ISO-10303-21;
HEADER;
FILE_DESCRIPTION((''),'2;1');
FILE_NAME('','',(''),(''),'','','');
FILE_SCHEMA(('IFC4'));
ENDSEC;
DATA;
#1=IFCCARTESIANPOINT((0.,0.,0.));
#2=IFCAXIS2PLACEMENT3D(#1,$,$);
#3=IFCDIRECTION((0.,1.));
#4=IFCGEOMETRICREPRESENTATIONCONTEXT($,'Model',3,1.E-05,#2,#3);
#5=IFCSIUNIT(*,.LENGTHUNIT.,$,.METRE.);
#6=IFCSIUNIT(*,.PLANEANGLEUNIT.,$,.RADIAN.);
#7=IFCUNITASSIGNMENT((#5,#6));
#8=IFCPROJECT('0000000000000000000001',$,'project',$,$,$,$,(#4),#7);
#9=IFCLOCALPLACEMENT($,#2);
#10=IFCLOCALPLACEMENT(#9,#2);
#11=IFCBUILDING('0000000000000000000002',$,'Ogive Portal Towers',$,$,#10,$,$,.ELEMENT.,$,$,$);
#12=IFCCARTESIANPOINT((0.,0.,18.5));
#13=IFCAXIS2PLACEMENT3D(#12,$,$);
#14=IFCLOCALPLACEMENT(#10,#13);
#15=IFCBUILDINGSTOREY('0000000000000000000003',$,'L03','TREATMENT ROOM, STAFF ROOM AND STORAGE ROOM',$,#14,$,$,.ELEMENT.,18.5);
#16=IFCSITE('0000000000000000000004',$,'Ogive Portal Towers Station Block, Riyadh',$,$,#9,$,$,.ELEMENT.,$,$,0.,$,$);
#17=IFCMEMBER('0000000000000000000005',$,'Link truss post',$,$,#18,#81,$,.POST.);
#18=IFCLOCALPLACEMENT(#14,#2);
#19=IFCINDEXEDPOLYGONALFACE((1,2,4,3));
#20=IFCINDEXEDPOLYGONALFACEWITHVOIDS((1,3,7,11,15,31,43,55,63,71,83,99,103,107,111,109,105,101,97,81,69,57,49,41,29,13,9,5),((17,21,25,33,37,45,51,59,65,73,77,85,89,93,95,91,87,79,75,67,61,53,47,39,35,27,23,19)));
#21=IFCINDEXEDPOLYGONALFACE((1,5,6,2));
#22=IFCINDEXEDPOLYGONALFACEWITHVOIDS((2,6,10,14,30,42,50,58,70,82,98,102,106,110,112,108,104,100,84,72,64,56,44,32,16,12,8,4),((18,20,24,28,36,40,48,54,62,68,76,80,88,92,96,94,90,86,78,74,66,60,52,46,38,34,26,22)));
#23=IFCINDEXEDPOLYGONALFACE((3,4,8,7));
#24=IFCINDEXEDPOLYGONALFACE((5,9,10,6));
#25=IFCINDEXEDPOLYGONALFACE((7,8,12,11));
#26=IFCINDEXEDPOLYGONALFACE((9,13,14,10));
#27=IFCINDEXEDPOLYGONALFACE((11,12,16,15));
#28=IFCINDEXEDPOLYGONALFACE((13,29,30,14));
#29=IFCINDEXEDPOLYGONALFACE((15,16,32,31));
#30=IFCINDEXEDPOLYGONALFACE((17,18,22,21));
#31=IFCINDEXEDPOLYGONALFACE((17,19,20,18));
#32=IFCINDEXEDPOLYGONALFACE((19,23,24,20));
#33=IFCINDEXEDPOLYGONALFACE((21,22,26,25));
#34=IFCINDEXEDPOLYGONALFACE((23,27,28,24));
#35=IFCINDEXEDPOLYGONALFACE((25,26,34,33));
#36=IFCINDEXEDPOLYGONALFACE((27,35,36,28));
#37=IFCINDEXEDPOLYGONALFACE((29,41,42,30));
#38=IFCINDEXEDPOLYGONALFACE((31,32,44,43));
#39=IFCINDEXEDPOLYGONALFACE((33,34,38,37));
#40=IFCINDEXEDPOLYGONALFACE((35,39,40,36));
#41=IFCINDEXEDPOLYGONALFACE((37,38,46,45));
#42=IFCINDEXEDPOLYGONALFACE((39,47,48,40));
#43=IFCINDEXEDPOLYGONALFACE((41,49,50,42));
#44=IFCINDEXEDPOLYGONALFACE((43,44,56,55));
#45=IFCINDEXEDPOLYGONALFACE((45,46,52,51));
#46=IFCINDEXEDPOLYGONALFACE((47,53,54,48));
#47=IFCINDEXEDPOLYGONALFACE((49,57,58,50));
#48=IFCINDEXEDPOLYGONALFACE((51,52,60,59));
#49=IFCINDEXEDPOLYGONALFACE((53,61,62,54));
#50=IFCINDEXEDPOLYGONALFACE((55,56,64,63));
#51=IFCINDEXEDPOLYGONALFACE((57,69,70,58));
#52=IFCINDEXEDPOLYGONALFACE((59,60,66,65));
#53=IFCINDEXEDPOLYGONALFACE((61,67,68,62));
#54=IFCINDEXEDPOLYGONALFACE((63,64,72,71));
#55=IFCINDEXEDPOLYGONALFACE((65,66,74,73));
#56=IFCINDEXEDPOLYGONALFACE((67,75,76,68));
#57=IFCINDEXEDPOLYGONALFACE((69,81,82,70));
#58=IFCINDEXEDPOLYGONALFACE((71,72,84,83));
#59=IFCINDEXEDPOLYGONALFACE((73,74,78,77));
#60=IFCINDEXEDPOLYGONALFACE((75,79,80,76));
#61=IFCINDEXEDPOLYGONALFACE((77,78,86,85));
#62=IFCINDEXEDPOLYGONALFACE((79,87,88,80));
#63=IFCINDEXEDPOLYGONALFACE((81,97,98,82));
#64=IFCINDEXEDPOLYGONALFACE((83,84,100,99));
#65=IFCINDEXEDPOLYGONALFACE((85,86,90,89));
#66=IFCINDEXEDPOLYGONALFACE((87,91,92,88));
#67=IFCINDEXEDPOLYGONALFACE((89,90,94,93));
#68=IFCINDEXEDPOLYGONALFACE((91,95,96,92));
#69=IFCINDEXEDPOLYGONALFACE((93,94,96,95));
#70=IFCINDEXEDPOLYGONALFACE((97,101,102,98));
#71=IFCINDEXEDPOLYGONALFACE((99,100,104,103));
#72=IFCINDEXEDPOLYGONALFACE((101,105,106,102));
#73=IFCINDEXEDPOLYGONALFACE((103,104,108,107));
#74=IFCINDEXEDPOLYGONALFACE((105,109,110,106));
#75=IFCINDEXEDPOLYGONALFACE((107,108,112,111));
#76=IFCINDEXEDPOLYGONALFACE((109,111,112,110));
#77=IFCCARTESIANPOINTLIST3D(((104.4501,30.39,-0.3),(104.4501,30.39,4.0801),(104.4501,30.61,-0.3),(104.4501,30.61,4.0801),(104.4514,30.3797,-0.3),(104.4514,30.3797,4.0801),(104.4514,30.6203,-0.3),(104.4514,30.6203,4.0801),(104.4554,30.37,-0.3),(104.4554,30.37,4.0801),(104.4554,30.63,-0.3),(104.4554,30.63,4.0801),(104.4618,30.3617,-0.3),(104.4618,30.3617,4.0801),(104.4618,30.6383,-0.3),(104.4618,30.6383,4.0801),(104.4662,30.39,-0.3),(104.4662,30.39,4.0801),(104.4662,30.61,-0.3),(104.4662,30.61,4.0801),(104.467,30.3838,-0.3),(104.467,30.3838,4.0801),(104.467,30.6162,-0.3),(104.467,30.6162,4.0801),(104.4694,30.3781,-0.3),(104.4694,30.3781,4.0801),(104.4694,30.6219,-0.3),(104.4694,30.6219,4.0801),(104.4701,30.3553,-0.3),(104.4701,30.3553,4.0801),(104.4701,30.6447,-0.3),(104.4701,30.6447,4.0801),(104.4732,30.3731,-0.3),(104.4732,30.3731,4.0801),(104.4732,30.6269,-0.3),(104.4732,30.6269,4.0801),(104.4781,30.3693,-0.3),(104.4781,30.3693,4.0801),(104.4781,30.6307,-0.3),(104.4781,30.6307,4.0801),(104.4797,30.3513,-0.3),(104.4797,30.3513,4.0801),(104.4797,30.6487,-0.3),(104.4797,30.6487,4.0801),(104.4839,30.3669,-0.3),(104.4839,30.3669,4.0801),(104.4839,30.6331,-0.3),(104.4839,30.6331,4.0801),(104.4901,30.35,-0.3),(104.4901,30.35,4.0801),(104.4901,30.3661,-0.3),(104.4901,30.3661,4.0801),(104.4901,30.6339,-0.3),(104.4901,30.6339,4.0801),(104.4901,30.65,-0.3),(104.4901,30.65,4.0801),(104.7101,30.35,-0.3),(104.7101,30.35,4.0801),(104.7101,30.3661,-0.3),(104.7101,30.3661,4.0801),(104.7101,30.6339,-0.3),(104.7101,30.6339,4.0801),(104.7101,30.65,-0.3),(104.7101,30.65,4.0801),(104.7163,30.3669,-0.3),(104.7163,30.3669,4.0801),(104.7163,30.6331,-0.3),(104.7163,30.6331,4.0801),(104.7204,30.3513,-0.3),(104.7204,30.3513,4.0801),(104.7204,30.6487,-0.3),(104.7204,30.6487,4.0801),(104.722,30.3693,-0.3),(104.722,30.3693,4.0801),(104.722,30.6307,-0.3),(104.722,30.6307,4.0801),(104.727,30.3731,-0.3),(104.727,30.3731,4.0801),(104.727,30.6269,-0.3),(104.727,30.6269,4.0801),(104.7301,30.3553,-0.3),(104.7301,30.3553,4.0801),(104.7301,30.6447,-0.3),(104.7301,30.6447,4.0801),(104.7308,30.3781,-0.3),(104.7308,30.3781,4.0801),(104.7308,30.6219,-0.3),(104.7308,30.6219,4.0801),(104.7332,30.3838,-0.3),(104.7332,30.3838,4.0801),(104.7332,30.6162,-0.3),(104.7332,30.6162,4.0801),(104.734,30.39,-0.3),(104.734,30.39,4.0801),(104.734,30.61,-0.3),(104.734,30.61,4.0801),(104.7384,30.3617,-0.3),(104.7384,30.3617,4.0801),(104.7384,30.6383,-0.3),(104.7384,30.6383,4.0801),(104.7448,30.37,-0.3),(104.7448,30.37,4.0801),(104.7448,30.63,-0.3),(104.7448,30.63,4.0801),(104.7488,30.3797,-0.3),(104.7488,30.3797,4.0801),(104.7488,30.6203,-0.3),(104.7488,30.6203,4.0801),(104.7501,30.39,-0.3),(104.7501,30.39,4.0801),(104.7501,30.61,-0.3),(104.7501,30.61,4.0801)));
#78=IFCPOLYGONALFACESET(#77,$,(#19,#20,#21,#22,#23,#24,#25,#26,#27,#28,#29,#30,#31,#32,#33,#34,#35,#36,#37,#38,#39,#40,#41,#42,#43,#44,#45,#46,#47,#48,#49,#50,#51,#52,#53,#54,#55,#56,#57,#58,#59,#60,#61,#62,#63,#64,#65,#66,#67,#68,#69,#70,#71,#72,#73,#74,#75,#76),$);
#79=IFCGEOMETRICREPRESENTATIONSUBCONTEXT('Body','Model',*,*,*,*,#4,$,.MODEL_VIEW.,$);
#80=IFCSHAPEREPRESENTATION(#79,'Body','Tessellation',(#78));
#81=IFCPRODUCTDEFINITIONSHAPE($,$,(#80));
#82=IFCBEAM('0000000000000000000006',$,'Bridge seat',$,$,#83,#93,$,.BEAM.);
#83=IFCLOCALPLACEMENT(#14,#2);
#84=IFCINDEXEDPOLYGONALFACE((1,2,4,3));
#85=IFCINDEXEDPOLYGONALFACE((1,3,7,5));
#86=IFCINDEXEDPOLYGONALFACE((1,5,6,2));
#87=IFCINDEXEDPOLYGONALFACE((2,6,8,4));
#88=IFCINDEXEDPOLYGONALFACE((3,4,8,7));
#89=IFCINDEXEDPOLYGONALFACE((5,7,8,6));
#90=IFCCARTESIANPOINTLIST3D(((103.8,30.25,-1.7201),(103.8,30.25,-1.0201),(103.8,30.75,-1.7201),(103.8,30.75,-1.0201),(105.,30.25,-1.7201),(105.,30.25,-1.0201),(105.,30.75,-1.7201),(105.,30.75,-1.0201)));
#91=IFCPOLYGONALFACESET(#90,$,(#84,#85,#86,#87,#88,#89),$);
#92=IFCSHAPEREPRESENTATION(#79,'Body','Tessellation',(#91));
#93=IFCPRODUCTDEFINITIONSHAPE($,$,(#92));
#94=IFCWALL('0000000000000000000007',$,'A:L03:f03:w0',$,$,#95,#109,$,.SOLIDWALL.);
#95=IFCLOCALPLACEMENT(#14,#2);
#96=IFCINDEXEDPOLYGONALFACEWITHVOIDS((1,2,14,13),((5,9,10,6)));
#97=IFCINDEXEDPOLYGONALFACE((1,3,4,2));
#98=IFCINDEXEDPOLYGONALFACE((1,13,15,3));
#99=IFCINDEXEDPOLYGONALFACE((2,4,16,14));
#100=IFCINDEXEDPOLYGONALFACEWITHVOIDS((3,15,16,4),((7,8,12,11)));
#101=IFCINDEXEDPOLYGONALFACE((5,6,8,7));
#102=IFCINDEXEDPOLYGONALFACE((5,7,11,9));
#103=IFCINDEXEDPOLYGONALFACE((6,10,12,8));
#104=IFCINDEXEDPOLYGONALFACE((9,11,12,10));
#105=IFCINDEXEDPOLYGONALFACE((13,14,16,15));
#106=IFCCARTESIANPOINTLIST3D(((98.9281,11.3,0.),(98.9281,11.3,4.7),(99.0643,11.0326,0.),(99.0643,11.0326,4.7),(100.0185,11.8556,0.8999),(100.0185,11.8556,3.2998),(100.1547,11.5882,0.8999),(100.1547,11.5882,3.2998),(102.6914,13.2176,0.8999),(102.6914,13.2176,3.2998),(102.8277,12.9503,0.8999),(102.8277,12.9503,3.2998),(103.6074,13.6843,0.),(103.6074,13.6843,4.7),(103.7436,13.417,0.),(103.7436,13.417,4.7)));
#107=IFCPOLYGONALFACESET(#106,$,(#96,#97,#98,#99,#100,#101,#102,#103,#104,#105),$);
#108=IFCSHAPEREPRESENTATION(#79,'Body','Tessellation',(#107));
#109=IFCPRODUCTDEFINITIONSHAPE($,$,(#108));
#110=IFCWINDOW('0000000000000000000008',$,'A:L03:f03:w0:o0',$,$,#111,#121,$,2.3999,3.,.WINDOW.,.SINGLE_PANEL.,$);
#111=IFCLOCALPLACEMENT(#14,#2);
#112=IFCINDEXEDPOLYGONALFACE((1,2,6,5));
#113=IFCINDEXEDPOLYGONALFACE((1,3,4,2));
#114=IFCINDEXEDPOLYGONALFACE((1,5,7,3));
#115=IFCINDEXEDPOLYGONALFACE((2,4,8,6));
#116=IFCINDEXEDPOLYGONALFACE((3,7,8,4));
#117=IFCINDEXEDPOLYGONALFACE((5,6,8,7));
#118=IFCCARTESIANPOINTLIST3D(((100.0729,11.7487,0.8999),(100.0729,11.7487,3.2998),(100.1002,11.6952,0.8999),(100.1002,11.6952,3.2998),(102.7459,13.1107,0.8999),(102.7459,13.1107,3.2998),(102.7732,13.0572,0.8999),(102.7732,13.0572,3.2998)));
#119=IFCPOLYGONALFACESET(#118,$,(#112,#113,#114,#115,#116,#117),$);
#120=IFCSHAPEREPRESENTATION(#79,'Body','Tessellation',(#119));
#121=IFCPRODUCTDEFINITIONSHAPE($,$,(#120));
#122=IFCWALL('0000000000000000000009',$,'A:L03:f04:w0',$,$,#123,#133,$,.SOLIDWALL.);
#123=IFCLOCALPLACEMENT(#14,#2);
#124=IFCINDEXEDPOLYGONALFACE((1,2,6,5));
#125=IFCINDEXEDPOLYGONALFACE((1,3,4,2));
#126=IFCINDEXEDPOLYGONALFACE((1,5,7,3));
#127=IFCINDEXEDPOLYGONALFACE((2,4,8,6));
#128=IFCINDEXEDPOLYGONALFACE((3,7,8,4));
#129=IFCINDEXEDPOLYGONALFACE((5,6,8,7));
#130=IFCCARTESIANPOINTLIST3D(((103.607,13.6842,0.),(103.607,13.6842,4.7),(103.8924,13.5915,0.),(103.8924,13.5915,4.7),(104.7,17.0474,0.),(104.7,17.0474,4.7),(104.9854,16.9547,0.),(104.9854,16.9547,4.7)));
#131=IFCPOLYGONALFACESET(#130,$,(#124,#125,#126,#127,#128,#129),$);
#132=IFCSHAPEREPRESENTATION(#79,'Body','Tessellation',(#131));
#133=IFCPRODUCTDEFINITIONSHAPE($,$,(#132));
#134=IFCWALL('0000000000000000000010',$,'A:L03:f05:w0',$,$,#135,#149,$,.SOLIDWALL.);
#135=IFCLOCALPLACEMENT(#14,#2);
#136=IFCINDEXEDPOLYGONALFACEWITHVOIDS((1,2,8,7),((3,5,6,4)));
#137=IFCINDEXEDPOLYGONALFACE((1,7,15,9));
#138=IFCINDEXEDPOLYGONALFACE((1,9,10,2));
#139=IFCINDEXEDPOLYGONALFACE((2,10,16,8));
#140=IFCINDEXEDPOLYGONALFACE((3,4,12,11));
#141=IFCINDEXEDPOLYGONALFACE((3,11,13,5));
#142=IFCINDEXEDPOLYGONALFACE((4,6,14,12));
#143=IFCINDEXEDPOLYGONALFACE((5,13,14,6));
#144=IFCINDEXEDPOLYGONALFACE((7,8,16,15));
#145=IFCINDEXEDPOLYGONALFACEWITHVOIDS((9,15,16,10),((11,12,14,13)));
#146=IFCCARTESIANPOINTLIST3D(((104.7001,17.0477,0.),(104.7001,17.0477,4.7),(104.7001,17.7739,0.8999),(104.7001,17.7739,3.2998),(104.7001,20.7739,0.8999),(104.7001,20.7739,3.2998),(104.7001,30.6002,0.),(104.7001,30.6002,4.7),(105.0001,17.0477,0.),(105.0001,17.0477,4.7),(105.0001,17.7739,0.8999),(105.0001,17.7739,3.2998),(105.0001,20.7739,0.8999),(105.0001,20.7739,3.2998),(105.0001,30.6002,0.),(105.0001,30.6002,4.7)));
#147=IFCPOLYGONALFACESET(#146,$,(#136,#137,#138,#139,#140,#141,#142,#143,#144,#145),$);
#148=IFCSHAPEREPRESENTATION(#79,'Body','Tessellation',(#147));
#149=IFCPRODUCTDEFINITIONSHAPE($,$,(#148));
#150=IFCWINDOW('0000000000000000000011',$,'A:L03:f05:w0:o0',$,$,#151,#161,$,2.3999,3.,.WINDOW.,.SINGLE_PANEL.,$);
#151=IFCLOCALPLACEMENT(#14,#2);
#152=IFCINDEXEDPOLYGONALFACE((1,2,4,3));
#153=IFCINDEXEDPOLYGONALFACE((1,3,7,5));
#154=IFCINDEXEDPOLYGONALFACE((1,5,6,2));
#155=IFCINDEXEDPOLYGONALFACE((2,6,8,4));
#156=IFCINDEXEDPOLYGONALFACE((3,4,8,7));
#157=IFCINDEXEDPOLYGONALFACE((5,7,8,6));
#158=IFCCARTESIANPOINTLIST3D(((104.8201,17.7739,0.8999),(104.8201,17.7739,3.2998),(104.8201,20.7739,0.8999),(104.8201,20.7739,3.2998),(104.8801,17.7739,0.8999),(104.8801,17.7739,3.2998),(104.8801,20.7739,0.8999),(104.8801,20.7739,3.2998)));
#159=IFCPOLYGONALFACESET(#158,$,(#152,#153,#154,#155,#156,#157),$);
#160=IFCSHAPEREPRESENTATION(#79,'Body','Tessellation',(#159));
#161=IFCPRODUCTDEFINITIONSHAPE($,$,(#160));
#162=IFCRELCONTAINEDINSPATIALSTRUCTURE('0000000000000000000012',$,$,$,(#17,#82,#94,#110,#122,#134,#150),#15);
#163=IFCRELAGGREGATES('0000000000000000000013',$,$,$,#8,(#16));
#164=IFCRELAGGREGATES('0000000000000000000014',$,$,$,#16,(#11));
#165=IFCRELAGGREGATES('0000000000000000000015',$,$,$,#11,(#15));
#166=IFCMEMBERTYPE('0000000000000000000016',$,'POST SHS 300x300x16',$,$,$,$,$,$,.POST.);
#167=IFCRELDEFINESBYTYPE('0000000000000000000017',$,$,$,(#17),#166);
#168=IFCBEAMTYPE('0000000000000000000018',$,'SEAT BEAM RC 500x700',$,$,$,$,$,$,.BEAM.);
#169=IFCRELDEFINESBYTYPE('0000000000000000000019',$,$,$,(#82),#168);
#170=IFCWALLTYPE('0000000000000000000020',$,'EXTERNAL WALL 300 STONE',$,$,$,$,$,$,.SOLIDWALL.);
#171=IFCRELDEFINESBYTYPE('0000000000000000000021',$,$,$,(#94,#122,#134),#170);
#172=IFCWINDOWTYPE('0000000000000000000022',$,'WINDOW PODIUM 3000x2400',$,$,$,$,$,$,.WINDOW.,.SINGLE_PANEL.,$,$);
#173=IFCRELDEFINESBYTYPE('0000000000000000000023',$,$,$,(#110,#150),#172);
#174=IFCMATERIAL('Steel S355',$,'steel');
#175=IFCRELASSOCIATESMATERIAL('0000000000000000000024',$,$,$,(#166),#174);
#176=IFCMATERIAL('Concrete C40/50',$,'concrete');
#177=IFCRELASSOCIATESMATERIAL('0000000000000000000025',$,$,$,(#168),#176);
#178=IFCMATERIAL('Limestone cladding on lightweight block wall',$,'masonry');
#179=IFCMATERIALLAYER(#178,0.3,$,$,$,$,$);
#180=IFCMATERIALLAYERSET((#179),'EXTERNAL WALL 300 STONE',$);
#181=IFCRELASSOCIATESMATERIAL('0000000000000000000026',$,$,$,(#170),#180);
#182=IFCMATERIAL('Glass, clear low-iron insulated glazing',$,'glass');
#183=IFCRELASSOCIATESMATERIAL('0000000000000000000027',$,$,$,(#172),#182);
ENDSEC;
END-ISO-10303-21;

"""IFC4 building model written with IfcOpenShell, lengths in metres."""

from ifc_helpers import new_model, si_unit, direction, frame, frame_2d, origin, origin_2d, place, context, subcontext, project, spatial, rectangle, hollow_rectangle, extrude, material, layer, layer_set, material_profile, profile_set, type_object, element, fill, save


model = new_model("IFC4")

# Units and contexts
model_context = context("Model", 3, precision=1e-05, world=origin(), true_north=direction((0.0, 1.0)))
body_context = subcontext(model_context, "Body", "Model", "MODEL_VIEW")
ifc_project = project(units=[si_unit("LENGTHUNIT", "METRE"), si_unit("PLANEANGLEUNIT", "RADIAN")], contexts=[model_context])

# Site, building, storey
site_placement = place(None, origin())
site = spatial("IfcSite", under=ifc_project, at=site_placement, Name="Ogive Portal Towers Station Block, Riyadh", CompositionType="ELEMENT", RefElevation=0.0)
building_placement = place(site_placement, origin())
building = spatial("IfcBuilding", under=site, at=building_placement, Name="Ogive Portal Towers", CompositionType="ELEMENT")
storey_placement = place(building_placement, frame((0.0, 0.0, 18.5)))
storey = spatial("IfcBuildingStorey", under=building, at=storey_placement, Name="L03", Description="TREATMENT ROOM, STAFF ROOM AND STORAGE ROOM", CompositionType="ELEMENT", Elevation=18.5)

# Shared definitions
ifc_material_1 = material(Name="Steel S355", Category="steel")

# Member
ifc_material_profile_1 = material_profile(ifc_material_1, hollow_rectangle(XDim=0.3, YDim=0.3, WallThickness=0.0161, InnerFilletRadius=0.0239, OuterFilletRadius=0.04, at=origin_2d()), Name="SHS 300x300x16")
ifc_profile_set_1 = profile_set([ifc_material_profile_1], Name="Steel S355")
member_type_1 = type_object("IfcMemberType", Name="POST SHS 300x300x16", PredefinedType="POST", material=ifc_profile_set_1)
member_1_placement = place(storey_placement, frame((104.6001, 30.5, -0.3), z_axis=(0.0, 0.0, 1.0), x_axis=(1.0, 0.0, 0.0)))
element("IfcMember", 1, at=member_1_placement, inside=storey, type_object=member_type_1, Name="Link truss post", PredefinedType="POST", context=body_context, shape_type="SweptSolid", body=[
    extrude(hollow_rectangle(XDim=0.3, YDim=0.3, WallThickness=0.0161, InnerFilletRadius=0.0239, OuterFilletRadius=0.04, at=origin_2d()), origin(), (0.0, 0.0, 1.0), 4.3801),
])

# Beam
ifc_material_2 = material(Name="Concrete C40/50", Category="concrete")
ifc_material_profile_2 = material_profile(ifc_material_2, rectangle(XDim=0.5, YDim=0.7, at=origin_2d()), Name="RC 500x700")
ifc_profile_set_2 = profile_set([ifc_material_profile_2], Name="Concrete C40/50")
beam_type_1 = type_object("IfcBeamType", Name="SEAT BEAM RC 500x700", PredefinedType="BEAM", material=ifc_profile_set_2)
beam_1_placement = place(storey_placement, frame((103.8, 30.5, -1.3701), z_axis=(1.0, 0.0, 0.0), x_axis=(0.0, 1.0, 0.0)))
element("IfcBeam", 2, at=beam_1_placement, inside=storey, type_object=beam_type_1, Name="Bridge seat", PredefinedType="BEAM", context=body_context, shape_type="SweptSolid", body=[
    extrude(rectangle(XDim=0.5, YDim=0.7, at=origin_2d()), origin(), (0.0, 0.0, 1.0), 1.2),
])

# Wall, opening, window
ifc_material_3 = material(Name="Limestone cladding on lightweight block wall", Category="masonry")
ifc_layer_1 = layer(ifc_material_3, 0.3)
ifc_layer_set_1 = layer_set([ifc_layer_1], Name="EXTERNAL WALL 300 STONE")
wall_type_1 = type_object("IfcWallType", Name="EXTERNAL WALL 300 STONE", PredefinedType="SOLIDWALL", material=ifc_layer_set_1)
wall_1_placement = place(storey_placement, frame((98.9961, 11.1663, 0.0), z_axis=(0.0, 0.0, 1.0), x_axis=(0.890998, 0.454007, 0.0)))
wall_1 = element("IfcWall", 3, at=wall_1_placement, inside=storey, type_object=wall_type_1, Name="A:L03:f03:w0", PredefinedType="SOLIDWALL", context=body_context, shape_type="SweptSolid", body=[
    extrude(rectangle(XDim=5.2517, YDim=0.3, at=frame_2d((2.626, 0.0))), origin(), (0.0, 0.0, 1.0), 4.7),
])
opening_1_placement = place(wall_1_placement, frame((1.2239, 0.0, 0.8999)))
opening_1 = element("IfcOpeningElement", 4, at=opening_1_placement, cuts=wall_1, PredefinedType="OPENING", context=body_context, shape_type="SweptSolid", body=[
    extrude(rectangle(XDim=3.0, YDim=2.3999, at=frame_2d((1.5, 1.2))), frame((0.0, 0.1602, 0.0), z_axis=(0.0, -1.0, 0.0), x_axis=(1.0, 0.0, 0.0)), (0.0, 0.0, 1.0), 0.3201),
])
ifc_material_4 = material(Name="Glass, clear low-iron insulated glazing", Category="glass")
window_type = type_object("IfcWindowType", Name="WINDOW PODIUM 3000x2400", PartitioningType="SINGLE_PANEL", PredefinedType="WINDOW", material=ifc_material_4)
window_1_placement = place(opening_1_placement, origin())
window_1 = element("IfcWindow", 5, at=window_1_placement, inside=storey, type_object=window_type, Name="A:L03:f03:w0:o0", OverallHeight=2.3999, OverallWidth=3.0, PartitioningType="SINGLE_PANEL", PredefinedType="WINDOW", context=body_context, shape_type="SweptSolid", body=[
    extrude(rectangle(XDim=3.0, YDim=2.3999, at=frame_2d((1.5, 1.2))), frame((0.0, 0.03, 0.0), z_axis=(0.0, -1.0, 0.0), x_axis=(1.0, 0.0, 0.0)), (0.0, 0.0, 1.0), 0.0601),
])
fill(opening_1, window_1)

# Wall
wall_2_placement = place(storey_placement, frame((103.7498, 13.6379, 0.0), z_axis=(0.0, 0.0, 1.0), x_axis=(0.309074, 0.951038, 0.0)))
element("IfcWall", 6, at=wall_2_placement, inside=storey, type_object=wall_type_1, Name="A:L03:f04:w0", PredefinedType="SOLIDWALL", context=body_context, shape_type="SweptSolid", body=[
    extrude(rectangle(XDim=3.5364, YDim=0.3, at=frame_2d((1.7681, 0.0))), origin(), (0.0, 0.0, 1.0), 4.7),
])

# Wall, opening, window
wall_3_placement = place(storey_placement, frame((104.8501, 17.0476, 0.0), z_axis=(0.0, 0.0, 1.0), x_axis=(0.0, 1.0, 0.0)))
wall_3 = element("IfcWall", 7, at=wall_3_placement, inside=storey, type_object=wall_type_1, Name="A:L03:f05:w0", PredefinedType="SOLIDWALL", context=body_context, shape_type="SweptSolid", body=[
    extrude(rectangle(XDim=13.5525, YDim=0.3, at=frame_2d((6.7764, 0.0))), origin(), (0.0, 0.0, 1.0), 4.7),
])
opening_2_placement = place(wall_3_placement, frame((0.7263, 0.0, 0.8999)))
opening_2 = element("IfcOpeningElement", 8, at=opening_2_placement, cuts=wall_3, PredefinedType="OPENING", context=body_context, shape_type="SweptSolid", body=[
    extrude(rectangle(XDim=3.0, YDim=2.3999, at=frame_2d((1.5, 1.2))), frame((0.0, 0.1602, 0.0), z_axis=(0.0, -1.0, 0.0), x_axis=(1.0, 0.0, 0.0)), (0.0, 0.0, 1.0), 0.3201),
])
window_2_placement = place(opening_2_placement, origin())
window_2 = element("IfcWindow", 9, at=window_2_placement, inside=storey, type_object=window_type, Name="A:L03:f05:w0:o0", OverallHeight=2.3999, OverallWidth=3.0, PartitioningType="SINGLE_PANEL", PredefinedType="WINDOW", context=body_context, shape_type="SweptSolid", body=[
    extrude(rectangle(XDim=3.0, YDim=2.3999, at=frame_2d((1.5, 1.2))), frame((0.0, 0.03, 0.0), z_axis=(0.0, -1.0, 0.0), x_axis=(1.0, 0.0, 0.0)), (0.0, 0.0, 1.0), 0.0601),
])
fill(opening_2, window_2)

save(model, "model.ifc")
